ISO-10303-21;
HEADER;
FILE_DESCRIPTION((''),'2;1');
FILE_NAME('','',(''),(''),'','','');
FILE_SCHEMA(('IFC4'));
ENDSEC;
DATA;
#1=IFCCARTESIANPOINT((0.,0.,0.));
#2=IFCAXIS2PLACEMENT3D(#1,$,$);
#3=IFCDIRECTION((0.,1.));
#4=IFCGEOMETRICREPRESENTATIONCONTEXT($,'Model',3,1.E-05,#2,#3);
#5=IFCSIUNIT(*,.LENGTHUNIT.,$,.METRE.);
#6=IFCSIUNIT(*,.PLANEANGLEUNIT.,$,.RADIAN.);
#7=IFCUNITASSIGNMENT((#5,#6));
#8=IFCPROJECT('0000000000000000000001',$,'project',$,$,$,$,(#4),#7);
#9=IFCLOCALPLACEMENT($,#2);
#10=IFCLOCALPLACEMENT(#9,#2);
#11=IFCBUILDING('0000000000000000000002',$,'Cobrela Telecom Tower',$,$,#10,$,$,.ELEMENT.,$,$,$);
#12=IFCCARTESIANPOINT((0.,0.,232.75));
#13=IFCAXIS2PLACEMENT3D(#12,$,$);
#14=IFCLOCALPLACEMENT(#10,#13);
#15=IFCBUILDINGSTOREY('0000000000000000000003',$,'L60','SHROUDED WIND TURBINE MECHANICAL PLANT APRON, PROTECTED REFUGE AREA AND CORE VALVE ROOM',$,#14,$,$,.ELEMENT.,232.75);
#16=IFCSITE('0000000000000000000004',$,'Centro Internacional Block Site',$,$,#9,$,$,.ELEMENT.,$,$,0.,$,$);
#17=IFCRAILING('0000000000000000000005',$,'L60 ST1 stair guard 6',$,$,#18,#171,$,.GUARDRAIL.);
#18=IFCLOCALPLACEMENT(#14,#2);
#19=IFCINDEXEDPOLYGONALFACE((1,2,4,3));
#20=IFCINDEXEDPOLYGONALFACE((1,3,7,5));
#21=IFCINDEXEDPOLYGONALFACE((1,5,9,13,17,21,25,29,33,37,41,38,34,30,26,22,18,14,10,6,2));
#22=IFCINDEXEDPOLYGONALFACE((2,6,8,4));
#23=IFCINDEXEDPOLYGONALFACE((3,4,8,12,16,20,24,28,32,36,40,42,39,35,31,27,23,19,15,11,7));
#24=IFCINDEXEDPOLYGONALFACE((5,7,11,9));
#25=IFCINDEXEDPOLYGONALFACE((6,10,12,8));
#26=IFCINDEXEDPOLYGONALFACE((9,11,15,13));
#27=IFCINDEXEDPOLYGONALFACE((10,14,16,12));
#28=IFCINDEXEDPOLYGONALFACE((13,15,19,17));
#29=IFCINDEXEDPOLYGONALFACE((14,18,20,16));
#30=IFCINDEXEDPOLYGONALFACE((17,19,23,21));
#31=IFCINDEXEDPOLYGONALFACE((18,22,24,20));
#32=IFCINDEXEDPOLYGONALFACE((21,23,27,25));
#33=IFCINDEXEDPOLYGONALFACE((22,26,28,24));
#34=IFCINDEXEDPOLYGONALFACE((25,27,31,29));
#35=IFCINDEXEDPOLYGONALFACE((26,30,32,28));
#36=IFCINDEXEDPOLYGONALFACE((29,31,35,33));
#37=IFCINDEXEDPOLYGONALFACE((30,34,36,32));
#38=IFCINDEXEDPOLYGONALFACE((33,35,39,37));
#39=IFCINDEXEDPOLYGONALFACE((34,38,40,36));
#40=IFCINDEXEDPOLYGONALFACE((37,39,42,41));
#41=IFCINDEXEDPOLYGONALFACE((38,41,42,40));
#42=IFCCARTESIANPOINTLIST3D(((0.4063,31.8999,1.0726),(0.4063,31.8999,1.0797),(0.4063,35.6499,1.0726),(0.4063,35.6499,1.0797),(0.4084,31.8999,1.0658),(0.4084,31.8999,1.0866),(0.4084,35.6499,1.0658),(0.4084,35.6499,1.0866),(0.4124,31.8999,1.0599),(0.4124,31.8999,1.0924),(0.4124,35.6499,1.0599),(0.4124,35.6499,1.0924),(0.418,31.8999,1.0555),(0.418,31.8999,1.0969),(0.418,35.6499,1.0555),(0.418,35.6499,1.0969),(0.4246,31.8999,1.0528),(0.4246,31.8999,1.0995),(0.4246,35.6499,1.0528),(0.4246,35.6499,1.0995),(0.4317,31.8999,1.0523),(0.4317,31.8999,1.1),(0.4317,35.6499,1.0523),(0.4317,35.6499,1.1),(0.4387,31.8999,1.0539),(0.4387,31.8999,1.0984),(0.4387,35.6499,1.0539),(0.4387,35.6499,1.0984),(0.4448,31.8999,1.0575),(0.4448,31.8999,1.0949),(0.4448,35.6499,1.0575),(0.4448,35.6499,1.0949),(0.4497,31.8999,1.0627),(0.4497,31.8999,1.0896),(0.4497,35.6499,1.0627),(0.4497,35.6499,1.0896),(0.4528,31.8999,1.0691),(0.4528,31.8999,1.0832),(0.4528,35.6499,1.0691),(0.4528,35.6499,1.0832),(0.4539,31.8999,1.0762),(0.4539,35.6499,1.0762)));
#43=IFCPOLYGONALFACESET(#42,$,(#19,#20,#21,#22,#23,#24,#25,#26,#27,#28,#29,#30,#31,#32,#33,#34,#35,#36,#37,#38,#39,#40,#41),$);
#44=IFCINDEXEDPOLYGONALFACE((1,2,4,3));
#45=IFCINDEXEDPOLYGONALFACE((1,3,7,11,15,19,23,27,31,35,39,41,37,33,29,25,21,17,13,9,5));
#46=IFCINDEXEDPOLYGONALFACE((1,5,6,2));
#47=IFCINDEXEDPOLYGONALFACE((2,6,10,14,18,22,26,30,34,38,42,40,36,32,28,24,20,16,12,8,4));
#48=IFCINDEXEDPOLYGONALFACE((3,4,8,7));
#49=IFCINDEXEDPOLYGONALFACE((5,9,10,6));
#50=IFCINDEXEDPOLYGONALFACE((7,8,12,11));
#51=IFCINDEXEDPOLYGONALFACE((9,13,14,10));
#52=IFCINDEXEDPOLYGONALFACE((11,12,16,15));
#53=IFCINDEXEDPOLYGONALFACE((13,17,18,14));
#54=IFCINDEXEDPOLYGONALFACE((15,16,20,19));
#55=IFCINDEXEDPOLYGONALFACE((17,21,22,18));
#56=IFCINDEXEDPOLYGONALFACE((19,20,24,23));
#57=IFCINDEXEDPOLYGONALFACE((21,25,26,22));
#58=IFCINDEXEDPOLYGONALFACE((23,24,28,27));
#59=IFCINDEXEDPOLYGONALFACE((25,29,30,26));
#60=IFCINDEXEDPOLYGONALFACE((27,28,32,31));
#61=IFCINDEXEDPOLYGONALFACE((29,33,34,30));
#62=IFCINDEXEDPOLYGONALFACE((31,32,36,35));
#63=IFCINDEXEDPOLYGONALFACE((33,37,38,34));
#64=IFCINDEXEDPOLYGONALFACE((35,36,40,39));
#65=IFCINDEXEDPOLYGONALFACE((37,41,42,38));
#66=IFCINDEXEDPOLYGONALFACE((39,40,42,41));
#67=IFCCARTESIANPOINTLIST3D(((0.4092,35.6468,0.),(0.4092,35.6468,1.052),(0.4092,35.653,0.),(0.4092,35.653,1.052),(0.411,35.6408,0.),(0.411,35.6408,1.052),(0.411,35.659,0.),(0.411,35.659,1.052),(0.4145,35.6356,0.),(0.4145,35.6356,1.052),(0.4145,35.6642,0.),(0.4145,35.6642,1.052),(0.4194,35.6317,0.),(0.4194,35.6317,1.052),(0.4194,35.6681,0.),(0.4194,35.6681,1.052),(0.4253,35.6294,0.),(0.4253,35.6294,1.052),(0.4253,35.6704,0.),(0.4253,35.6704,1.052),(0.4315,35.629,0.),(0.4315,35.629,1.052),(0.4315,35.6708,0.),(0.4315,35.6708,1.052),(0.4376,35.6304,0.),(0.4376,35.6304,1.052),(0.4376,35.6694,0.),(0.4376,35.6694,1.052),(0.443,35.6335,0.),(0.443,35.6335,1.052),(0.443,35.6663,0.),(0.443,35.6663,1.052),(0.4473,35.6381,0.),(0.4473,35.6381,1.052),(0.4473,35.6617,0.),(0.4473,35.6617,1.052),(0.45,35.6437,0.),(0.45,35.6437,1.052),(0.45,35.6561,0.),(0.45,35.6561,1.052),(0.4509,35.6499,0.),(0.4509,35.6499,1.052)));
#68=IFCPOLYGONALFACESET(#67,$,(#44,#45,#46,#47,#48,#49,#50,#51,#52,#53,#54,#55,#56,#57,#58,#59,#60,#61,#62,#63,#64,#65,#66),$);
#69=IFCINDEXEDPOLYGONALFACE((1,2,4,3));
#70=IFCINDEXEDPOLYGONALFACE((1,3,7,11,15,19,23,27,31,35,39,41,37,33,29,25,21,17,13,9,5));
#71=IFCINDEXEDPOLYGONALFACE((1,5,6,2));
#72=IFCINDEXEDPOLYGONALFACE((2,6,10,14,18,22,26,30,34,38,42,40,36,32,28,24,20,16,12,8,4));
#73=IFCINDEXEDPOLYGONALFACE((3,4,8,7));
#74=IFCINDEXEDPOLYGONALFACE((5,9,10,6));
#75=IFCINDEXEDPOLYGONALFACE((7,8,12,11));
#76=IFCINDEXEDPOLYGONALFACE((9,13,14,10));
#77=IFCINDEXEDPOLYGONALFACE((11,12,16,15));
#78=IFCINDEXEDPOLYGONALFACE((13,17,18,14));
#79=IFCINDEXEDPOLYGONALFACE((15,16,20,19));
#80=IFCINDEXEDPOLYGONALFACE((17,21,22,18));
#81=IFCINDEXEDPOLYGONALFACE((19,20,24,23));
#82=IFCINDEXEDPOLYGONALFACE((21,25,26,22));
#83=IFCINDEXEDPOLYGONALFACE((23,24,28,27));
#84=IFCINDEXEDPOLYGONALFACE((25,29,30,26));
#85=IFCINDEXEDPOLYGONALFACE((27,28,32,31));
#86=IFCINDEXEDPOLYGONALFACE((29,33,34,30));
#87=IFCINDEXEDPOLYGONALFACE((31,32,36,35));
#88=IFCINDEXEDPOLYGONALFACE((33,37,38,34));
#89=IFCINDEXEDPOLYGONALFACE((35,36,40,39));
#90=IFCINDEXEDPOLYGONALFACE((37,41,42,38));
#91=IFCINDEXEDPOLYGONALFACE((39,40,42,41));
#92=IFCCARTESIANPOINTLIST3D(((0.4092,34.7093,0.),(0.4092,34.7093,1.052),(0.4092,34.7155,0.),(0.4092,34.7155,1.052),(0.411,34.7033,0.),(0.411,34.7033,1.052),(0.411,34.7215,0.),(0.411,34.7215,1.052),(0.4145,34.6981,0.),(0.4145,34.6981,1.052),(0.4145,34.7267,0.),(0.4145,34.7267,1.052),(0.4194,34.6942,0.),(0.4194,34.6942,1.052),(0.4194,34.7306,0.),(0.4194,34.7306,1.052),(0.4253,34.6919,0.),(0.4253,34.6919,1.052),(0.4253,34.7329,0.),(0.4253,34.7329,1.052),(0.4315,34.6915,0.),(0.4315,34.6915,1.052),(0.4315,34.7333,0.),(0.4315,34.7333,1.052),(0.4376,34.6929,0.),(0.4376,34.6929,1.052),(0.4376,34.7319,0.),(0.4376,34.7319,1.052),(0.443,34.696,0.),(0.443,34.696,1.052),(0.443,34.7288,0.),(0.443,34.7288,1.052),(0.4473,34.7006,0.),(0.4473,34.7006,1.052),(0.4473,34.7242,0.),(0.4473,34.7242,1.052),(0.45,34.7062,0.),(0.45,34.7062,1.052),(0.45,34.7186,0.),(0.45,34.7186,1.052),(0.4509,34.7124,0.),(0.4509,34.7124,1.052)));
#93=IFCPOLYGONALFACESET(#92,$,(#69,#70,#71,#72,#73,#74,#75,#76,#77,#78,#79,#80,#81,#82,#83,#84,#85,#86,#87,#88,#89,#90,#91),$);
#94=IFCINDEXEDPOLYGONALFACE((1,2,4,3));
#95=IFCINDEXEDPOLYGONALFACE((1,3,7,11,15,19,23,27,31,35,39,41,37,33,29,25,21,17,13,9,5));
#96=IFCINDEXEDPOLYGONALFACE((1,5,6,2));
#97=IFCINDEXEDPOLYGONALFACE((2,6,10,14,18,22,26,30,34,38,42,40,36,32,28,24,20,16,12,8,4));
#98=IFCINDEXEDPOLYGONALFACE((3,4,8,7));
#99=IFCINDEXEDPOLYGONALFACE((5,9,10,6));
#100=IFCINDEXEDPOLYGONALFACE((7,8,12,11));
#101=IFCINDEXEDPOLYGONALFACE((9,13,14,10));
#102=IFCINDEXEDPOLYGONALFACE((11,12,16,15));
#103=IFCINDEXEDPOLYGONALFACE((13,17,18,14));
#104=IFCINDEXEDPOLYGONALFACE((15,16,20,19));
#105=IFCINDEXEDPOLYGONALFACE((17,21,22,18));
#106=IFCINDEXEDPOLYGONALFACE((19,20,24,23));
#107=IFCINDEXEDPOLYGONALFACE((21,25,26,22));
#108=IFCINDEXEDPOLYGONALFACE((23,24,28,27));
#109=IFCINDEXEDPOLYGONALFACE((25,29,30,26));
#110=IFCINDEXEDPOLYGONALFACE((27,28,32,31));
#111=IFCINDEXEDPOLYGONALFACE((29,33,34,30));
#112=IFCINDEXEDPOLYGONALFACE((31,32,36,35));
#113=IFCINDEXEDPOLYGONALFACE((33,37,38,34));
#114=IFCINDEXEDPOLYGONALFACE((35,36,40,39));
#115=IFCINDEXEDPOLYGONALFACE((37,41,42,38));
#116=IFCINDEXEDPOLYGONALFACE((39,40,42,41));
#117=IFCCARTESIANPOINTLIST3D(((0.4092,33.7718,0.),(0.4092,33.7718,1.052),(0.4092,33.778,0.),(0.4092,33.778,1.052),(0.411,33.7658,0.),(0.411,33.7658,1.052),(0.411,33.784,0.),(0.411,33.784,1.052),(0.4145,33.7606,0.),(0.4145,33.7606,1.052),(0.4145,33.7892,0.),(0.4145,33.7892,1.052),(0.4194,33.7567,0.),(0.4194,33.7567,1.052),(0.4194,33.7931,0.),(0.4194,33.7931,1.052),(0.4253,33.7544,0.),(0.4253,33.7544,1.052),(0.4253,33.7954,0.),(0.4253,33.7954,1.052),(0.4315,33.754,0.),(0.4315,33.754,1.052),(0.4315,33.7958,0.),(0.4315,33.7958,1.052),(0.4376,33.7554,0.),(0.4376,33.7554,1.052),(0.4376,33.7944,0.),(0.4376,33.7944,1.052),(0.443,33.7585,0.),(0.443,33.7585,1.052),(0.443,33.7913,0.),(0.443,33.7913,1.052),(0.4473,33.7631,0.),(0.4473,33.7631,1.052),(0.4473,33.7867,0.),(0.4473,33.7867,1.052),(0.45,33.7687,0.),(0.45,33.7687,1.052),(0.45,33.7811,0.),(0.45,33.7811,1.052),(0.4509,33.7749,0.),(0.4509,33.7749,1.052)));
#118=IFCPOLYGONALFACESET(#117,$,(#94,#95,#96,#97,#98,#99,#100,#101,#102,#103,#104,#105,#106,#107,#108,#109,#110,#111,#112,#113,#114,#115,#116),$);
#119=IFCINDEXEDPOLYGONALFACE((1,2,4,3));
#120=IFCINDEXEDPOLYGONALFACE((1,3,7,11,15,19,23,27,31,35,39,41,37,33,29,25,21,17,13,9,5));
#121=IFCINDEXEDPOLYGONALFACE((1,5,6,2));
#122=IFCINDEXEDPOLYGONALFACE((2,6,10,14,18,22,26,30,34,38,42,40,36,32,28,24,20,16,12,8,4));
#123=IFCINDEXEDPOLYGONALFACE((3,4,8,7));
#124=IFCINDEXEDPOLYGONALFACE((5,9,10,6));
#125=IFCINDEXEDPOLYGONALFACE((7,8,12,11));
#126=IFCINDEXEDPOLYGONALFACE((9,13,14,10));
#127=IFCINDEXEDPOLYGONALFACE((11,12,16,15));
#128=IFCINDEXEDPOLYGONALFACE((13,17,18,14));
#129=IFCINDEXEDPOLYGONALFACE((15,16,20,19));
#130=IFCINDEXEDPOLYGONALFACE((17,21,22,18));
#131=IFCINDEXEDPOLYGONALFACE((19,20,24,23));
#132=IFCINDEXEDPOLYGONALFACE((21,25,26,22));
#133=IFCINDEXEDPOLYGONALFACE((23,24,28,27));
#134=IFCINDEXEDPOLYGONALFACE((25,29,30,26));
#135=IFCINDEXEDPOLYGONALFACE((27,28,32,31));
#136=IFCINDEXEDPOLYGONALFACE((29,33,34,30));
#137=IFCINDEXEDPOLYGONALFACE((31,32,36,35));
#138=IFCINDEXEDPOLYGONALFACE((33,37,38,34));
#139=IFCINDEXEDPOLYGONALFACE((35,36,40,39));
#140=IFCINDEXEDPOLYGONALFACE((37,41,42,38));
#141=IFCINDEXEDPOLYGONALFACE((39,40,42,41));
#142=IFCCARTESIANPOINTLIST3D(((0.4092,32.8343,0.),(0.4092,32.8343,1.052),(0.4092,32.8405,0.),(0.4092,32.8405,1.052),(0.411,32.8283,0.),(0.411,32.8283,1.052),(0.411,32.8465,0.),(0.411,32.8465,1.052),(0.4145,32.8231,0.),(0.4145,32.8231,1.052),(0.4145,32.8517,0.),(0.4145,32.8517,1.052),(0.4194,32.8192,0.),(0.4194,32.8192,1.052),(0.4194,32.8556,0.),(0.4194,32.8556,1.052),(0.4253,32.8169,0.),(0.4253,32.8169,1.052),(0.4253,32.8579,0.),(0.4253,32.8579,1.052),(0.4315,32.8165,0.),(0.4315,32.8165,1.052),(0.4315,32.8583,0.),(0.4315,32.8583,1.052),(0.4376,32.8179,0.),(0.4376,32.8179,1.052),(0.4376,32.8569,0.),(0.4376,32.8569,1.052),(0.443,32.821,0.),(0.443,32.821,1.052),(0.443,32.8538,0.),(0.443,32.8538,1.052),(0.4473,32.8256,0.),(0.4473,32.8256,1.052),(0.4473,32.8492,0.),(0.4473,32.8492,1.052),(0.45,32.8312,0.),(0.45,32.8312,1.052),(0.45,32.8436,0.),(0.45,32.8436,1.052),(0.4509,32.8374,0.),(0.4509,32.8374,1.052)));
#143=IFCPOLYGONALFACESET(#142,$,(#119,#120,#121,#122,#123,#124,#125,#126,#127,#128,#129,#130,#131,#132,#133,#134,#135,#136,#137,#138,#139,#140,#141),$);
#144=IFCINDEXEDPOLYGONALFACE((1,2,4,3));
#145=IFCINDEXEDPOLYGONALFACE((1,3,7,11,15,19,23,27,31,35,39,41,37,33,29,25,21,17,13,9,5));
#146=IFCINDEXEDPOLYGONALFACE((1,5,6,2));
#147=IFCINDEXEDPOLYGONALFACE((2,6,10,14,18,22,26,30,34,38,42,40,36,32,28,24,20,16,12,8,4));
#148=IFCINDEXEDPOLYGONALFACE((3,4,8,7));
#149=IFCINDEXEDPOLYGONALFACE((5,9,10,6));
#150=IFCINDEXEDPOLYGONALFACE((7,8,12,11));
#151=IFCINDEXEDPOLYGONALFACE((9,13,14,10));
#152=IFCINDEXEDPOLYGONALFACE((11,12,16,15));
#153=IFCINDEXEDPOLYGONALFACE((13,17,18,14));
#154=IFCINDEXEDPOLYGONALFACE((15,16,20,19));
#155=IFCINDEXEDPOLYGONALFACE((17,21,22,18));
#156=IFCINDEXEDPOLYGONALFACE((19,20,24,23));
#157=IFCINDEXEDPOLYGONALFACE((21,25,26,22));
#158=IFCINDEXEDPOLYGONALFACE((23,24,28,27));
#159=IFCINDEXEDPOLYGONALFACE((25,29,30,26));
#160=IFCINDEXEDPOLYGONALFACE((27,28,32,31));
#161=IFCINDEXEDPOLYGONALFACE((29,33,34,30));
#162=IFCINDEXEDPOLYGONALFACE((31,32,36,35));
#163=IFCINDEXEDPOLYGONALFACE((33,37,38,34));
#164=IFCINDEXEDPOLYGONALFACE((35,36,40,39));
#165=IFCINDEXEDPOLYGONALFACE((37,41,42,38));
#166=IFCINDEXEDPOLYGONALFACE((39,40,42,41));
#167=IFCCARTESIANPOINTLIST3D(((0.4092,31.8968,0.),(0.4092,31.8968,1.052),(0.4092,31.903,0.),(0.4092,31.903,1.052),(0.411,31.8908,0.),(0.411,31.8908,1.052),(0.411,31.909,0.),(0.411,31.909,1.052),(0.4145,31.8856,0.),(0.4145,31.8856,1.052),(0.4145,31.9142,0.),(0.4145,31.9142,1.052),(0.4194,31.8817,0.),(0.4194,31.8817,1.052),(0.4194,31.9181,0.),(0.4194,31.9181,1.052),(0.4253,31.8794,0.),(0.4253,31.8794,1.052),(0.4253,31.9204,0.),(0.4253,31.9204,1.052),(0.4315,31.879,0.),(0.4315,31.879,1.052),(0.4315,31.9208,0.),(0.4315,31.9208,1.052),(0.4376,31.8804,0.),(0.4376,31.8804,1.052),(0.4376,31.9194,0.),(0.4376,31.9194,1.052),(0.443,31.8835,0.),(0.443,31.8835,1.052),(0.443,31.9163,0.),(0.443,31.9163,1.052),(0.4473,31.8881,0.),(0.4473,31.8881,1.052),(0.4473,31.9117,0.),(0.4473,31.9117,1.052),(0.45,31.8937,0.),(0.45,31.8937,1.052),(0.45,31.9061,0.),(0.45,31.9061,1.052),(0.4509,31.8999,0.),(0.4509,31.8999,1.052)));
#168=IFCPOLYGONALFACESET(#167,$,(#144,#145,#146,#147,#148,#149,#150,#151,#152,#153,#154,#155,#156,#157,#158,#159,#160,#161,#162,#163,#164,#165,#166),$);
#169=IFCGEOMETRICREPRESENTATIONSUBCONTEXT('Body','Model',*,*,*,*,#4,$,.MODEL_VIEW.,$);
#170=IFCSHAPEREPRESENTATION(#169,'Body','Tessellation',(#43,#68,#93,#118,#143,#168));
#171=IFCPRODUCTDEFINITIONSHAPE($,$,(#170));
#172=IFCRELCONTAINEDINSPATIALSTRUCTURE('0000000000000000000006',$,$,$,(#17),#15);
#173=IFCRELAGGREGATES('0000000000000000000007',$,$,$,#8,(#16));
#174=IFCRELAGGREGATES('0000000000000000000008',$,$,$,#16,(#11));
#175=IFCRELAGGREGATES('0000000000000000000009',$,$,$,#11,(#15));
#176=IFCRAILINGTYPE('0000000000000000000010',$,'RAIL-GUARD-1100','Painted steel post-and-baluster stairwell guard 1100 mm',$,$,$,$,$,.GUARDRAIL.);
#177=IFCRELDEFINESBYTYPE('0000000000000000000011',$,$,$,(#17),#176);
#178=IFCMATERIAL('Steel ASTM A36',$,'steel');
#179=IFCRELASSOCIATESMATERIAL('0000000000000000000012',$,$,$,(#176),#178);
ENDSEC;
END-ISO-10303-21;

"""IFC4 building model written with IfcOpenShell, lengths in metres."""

from ifc_helpers import new_model, si_unit, direction, frame, origin, origin_2d, place, context, subcontext, project, spatial, circle, extrude, material, type_object, element, save


model = new_model("IFC4")

# Units and contexts
model_context = context("Model", 3, precision=1e-05, world=origin(), true_north=direction((0.0, 1.0)))
body_context = subcontext(model_context, "Body", "Model", "MODEL_VIEW")
ifc_project = project(units=[si_unit("LENGTHUNIT", "METRE"), si_unit("PLANEANGLEUNIT", "RADIAN")], contexts=[model_context])

# Site, building, storey
site_placement = place(None, origin())
site = spatial("IfcSite", under=ifc_project, at=site_placement, Name="Centro Internacional Block Site", CompositionType="ELEMENT", RefElevation=0.0)
building_placement = place(site_placement, origin())
building = spatial("IfcBuilding", under=site, at=building_placement, Name="Cobrela Telecom Tower", CompositionType="ELEMENT")
storey_placement = place(building_placement, frame((0.0, 0.0, 232.75)))
storey = spatial("IfcBuildingStorey", under=building, at=storey_placement, Name="L60", Description="SHROUDED WIND TURBINE MECHANICAL PLANT APRON, PROTECTED REFUGE AREA AND CORE VALVE ROOM", CompositionType="ELEMENT", Elevation=232.75)

# Shared definitions
ifc_material_1 = material(Name="Steel ASTM A36", Category="steel")

# Railing
railing_type_1 = type_object("IfcRailingType", Name="RAIL-GUARD-1100", Description="Painted steel post-and-baluster stairwell guard 1100 mm", PredefinedType="GUARDRAIL", material=ifc_material_1)
railing_1_placement = place(storey_placement, frame((0.4299, 35.6499, 0.0)))
element("IfcRailing", 1, at=railing_1_placement, inside=storey, type_object=railing_type_1, Name="L60 ST1 stair guard 6", PredefinedType="GUARDRAIL", context=body_context, shape_type="SweptSolid", body=[
    extrude(circle(Radius=0.0239, at=origin_2d()), frame((0.0, 0.0, 1.0762), z_axis=(0.0, -1.0, 0.0), x_axis=(1.0, 0.0, 0.0)), (0.0, 0.0, 1.0), 3.75),
    extrude(circle(Radius=0.021, at=origin_2d()), origin(), (0.0, 0.0, 1.0), 1.052),
    extrude(circle(Radius=0.021, at=origin_2d()), frame((0.0, -0.9375, 0.0)), (0.0, 0.0, 1.0), 1.052),
    extrude(circle(Radius=0.021, at=origin_2d()), frame((0.0, -1.875, 0.0)), (0.0, 0.0, 1.0), 1.052),
    extrude(circle(Radius=0.021, at=origin_2d()), frame((0.0, -2.8125, 0.0)), (0.0, 0.0, 1.0), 1.052),
    extrude(circle(Radius=0.021, at=origin_2d()), frame((0.0, -3.75, 0.0)), (0.0, 0.0, 1.0), 1.052),
])

save(model, "model.ifc")
